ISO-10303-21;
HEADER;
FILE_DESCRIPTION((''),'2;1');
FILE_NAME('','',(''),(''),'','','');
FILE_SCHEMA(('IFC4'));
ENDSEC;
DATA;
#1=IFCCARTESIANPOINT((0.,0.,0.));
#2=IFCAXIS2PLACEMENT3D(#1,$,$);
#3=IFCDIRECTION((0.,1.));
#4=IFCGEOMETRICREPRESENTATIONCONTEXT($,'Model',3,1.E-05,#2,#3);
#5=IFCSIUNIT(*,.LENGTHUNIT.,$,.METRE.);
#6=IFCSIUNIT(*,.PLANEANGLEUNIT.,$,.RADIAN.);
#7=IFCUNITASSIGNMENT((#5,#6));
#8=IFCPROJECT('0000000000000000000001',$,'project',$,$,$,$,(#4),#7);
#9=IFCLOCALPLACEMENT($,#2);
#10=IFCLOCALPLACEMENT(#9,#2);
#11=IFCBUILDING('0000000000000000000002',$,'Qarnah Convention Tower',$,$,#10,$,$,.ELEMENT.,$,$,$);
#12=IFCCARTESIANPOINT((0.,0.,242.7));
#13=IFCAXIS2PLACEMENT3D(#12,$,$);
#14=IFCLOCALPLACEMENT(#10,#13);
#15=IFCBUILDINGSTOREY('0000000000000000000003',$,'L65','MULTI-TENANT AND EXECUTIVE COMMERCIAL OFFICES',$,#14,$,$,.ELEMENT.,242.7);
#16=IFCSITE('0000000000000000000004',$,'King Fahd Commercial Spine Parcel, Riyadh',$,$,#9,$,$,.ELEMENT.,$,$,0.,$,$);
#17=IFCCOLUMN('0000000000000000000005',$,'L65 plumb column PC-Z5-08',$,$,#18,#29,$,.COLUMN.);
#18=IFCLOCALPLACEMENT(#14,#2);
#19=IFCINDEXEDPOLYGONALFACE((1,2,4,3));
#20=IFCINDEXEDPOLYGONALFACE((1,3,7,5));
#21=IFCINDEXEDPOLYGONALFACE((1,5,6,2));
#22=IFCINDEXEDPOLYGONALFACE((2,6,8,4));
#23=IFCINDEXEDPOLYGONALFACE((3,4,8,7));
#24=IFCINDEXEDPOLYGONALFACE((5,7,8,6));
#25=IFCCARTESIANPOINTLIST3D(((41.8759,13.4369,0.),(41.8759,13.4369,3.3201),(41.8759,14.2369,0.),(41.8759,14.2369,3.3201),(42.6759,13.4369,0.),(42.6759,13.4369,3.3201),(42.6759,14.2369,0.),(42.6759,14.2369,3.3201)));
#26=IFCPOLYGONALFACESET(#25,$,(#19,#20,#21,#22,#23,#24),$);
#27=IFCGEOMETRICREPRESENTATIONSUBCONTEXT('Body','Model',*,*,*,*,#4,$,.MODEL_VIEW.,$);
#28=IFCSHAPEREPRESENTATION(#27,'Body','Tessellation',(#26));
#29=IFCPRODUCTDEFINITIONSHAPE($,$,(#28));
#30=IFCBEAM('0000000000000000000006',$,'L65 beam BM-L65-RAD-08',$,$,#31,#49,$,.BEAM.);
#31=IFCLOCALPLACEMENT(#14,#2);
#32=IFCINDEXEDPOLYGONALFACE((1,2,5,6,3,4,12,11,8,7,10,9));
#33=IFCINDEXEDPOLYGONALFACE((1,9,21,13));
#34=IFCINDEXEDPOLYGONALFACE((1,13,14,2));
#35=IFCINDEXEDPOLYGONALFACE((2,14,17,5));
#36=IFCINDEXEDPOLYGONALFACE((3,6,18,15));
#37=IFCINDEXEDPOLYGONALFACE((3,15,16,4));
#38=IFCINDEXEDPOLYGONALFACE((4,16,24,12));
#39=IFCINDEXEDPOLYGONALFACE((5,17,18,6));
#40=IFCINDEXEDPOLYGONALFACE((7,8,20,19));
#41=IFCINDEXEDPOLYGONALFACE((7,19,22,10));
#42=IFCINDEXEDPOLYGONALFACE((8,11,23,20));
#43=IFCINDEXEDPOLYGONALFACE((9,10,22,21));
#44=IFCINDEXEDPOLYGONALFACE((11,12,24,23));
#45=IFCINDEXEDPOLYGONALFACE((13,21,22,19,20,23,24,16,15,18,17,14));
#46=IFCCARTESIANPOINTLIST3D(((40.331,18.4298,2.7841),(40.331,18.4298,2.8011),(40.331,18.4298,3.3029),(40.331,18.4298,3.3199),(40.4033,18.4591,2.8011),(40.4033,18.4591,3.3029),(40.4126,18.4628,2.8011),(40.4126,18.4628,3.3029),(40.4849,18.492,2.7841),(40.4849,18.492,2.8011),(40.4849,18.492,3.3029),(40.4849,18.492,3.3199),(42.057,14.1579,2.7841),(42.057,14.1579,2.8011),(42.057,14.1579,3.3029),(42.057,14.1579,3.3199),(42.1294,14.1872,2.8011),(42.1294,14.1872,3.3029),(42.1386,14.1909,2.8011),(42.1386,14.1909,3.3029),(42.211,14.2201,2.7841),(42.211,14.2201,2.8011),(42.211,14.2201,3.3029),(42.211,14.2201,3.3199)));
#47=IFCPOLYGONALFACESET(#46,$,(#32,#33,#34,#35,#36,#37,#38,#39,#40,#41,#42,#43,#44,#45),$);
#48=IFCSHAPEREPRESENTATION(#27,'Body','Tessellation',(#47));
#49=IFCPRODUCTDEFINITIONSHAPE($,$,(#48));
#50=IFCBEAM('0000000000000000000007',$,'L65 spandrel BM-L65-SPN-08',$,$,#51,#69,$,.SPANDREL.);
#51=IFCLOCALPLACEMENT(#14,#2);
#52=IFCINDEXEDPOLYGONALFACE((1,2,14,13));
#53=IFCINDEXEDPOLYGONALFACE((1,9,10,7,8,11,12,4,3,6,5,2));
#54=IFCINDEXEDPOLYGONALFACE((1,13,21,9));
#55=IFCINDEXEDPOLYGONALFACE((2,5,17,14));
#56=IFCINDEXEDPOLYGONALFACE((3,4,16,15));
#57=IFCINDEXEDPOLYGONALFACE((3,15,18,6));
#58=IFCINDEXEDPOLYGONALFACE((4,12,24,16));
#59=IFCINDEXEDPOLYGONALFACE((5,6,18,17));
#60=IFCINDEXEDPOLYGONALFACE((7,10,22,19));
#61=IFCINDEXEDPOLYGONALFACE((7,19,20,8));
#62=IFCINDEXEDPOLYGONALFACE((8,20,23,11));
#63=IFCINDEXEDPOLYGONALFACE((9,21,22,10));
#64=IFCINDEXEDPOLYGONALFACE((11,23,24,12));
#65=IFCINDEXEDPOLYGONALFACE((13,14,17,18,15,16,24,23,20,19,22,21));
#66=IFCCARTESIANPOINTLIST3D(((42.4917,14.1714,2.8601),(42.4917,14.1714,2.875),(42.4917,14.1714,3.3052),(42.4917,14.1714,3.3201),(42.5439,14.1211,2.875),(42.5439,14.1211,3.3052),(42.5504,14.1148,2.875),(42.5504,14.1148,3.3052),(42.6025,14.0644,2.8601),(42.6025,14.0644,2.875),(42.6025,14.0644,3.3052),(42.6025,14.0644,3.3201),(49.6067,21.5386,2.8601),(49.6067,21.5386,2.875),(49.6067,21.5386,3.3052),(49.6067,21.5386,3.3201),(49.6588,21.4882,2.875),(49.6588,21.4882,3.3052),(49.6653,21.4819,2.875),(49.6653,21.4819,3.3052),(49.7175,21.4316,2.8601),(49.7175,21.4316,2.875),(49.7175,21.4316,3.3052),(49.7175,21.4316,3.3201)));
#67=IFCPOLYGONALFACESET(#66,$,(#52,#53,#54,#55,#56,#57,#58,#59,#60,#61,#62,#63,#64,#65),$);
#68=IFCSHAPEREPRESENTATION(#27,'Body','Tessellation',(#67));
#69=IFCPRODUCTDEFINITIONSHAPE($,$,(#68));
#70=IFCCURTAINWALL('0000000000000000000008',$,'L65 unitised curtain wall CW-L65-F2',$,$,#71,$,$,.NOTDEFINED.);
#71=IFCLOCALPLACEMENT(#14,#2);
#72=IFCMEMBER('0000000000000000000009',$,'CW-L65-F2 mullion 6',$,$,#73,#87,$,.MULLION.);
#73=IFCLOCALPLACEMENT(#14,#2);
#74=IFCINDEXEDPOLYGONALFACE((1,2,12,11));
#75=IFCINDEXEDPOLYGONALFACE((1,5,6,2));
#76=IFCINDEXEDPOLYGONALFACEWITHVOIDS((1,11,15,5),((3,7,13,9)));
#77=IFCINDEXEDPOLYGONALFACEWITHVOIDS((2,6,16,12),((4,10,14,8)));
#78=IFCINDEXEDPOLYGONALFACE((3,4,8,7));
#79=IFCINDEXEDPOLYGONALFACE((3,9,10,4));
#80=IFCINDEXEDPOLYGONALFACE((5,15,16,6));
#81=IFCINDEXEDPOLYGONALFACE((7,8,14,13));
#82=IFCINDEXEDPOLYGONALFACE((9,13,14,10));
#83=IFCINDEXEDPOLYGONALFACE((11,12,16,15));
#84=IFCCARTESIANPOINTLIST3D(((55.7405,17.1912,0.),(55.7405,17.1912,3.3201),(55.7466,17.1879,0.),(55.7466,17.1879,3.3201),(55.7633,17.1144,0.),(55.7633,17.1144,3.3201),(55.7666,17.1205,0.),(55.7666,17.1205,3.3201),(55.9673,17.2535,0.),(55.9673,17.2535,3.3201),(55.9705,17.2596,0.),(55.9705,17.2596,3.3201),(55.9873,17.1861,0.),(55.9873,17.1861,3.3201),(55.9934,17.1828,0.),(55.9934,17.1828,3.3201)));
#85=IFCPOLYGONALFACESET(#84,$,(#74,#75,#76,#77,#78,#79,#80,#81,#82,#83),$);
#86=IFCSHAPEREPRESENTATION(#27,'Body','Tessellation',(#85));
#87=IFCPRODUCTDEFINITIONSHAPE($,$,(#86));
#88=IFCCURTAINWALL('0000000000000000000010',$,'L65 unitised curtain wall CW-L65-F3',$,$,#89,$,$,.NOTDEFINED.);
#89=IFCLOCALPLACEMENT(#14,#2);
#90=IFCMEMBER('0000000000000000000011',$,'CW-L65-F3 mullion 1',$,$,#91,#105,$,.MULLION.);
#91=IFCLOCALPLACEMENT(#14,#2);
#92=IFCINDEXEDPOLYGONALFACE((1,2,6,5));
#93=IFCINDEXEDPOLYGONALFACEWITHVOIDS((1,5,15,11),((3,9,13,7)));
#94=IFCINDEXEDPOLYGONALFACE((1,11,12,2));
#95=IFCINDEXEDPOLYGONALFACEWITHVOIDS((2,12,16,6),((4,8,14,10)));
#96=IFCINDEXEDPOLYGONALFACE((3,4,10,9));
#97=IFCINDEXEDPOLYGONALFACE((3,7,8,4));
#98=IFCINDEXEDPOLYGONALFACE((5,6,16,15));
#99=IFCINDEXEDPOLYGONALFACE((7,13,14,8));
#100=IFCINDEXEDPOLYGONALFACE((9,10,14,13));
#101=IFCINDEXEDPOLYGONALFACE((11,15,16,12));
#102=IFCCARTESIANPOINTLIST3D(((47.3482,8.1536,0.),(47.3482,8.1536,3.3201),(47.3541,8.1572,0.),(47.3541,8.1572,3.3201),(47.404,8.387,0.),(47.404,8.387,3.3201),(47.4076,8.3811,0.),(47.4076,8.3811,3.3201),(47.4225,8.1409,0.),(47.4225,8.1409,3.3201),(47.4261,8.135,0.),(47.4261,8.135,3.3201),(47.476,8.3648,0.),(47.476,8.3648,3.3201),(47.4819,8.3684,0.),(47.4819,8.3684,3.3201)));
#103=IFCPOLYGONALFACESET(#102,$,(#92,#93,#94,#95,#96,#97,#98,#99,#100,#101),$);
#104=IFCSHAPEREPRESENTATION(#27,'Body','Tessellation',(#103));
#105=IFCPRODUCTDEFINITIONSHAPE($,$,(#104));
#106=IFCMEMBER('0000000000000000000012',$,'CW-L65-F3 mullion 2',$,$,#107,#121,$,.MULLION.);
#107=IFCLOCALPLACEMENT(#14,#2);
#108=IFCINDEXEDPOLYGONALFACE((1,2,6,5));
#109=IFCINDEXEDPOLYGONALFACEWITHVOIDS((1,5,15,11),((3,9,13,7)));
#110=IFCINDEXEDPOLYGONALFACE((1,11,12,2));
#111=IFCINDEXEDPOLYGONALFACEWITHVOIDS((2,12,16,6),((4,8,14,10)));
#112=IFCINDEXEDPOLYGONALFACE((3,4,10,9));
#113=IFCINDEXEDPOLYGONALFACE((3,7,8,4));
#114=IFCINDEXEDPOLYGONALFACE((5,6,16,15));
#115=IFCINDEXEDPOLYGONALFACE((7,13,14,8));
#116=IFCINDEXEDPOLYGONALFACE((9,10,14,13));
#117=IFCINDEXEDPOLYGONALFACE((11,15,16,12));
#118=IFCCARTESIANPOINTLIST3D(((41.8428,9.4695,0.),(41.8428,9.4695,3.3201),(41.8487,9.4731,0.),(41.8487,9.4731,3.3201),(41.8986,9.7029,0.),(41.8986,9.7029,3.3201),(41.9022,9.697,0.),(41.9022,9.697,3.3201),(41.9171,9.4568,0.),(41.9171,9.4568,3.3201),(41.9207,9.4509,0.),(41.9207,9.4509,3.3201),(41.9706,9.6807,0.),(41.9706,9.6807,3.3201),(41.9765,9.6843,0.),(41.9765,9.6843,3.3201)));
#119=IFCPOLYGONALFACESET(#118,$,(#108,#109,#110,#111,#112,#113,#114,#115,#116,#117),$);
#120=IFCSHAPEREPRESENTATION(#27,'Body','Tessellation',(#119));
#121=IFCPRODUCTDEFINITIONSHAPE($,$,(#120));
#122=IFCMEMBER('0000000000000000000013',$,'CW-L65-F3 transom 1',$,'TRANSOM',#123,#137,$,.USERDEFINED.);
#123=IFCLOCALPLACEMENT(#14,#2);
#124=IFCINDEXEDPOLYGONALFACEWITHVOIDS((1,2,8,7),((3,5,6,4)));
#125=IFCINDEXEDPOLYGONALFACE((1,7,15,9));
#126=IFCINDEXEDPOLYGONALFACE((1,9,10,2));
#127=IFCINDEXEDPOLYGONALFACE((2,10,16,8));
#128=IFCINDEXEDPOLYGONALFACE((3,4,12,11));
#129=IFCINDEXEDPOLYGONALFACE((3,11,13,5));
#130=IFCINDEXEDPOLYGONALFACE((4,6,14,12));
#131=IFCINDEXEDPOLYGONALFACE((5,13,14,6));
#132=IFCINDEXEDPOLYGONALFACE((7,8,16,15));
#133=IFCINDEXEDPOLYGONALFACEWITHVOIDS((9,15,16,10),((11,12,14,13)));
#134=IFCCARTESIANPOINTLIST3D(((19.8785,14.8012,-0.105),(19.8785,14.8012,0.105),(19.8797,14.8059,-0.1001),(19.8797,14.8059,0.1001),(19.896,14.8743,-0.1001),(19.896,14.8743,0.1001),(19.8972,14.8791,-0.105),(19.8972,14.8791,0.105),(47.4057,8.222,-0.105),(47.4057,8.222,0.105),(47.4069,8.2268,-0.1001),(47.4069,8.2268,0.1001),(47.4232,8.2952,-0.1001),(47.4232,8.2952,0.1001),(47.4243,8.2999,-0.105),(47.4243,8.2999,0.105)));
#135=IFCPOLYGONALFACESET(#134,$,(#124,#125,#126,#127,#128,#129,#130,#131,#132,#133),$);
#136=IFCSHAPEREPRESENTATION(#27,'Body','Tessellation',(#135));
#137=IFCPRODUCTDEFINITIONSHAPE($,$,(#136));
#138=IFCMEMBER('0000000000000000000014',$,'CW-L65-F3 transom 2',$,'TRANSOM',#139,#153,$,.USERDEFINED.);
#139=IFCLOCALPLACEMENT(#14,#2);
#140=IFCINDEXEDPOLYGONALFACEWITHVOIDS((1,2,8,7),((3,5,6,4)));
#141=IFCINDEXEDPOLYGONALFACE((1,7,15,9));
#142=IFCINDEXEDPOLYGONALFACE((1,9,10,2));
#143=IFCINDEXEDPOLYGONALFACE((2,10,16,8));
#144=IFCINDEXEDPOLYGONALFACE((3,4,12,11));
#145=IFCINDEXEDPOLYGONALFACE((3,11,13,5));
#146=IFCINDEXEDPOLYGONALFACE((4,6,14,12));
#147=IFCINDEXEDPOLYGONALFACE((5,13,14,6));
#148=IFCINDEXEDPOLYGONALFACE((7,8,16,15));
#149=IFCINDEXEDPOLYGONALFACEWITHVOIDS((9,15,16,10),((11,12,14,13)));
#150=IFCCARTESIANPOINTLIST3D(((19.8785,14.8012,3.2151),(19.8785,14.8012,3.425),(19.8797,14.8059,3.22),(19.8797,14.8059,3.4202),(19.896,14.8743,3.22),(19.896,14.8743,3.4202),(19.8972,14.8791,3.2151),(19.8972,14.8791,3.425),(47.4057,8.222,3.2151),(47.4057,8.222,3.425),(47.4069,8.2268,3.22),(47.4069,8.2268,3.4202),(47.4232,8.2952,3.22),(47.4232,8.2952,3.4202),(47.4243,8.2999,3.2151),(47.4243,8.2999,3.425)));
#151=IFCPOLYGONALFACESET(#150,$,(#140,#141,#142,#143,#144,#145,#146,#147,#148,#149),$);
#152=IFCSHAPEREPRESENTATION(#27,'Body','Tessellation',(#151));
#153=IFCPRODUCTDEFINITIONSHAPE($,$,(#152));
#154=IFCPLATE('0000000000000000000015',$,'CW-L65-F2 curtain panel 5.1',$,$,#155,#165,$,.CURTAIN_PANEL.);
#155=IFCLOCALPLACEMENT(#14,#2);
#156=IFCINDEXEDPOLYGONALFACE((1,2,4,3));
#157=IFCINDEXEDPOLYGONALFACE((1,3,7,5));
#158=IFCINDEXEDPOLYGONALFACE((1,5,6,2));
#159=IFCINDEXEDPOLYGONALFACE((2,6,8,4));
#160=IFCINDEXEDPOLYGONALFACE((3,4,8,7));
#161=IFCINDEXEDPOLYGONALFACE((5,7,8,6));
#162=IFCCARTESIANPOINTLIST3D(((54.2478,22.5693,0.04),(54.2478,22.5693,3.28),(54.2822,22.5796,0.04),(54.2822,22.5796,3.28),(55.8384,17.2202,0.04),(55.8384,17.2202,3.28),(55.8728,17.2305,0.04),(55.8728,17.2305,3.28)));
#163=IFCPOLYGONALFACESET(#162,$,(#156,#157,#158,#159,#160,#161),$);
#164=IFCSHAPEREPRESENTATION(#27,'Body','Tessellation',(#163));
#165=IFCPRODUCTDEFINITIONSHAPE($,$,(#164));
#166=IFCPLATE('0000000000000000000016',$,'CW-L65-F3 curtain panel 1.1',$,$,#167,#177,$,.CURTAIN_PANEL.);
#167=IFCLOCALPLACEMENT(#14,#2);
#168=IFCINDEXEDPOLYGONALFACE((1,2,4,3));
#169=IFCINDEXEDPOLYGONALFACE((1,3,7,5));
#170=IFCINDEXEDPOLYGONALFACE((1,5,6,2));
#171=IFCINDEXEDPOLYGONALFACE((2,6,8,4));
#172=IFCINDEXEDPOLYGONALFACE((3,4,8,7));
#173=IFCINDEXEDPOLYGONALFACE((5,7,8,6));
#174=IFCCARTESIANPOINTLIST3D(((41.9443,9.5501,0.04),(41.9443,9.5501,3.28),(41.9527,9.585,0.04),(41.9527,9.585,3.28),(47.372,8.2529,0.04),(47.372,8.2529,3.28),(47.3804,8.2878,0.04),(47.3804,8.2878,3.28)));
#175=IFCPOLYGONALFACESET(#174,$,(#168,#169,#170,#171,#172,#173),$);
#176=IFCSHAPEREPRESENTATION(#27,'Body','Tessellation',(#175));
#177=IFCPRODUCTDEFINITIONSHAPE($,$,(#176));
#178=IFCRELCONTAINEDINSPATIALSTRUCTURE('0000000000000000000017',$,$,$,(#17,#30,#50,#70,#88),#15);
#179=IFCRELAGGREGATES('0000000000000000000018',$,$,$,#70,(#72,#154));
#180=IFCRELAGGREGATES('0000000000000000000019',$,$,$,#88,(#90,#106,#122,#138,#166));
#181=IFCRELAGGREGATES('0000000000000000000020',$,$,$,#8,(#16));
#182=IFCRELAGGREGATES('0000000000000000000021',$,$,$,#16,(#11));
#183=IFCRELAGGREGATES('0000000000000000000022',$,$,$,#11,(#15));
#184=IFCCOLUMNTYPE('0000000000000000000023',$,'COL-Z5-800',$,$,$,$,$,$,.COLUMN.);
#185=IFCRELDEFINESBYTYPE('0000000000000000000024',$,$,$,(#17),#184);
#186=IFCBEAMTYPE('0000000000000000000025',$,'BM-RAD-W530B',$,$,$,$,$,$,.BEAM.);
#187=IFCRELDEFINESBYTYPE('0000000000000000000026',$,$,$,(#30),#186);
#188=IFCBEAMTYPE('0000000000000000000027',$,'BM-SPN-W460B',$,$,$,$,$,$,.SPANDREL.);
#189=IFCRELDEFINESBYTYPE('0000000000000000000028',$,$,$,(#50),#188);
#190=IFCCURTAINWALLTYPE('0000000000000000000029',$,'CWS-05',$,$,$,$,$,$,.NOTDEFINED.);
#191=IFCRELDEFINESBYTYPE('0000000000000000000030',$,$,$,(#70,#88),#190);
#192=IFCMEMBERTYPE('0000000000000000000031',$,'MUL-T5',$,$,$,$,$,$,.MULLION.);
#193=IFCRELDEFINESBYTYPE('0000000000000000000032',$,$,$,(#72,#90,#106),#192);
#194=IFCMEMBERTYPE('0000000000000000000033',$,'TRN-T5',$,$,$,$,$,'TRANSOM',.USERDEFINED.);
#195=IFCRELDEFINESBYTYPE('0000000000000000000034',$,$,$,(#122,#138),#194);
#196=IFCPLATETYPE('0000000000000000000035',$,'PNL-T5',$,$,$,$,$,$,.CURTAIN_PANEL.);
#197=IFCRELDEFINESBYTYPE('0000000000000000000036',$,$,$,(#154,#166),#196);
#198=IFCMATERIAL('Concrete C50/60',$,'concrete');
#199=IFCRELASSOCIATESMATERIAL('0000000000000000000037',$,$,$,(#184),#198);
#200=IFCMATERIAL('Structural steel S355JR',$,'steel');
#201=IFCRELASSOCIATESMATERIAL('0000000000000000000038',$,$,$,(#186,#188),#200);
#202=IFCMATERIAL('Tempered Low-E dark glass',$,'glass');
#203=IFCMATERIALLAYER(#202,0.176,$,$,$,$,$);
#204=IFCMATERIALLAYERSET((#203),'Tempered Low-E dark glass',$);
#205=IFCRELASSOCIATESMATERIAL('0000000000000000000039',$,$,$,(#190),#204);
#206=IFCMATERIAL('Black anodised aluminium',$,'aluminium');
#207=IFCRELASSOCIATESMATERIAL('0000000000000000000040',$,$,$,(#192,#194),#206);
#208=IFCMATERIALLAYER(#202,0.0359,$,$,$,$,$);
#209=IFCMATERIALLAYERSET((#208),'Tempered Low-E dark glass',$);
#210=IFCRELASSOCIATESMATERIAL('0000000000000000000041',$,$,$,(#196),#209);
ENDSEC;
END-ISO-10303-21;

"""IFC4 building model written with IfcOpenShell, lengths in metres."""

from ifc_helpers import new_model, si_unit, direction, frame, origin, origin_2d, place, context, subcontext, project, spatial, rectangle, hollow_rectangle, i_section, extrude, material, layer, layer_set, material_profile, profile_set, type_object, element, aggregate, save


model = new_model("IFC4")

# Units and contexts
model_context = context("Model", 3, precision=1e-05, world=origin(), true_north=direction((0.0, 1.0)))
body_context = subcontext(model_context, "Body", "Model", "MODEL_VIEW")
ifc_project = project(units=[si_unit("LENGTHUNIT", "METRE"), si_unit("PLANEANGLEUNIT", "RADIAN")], contexts=[model_context])

# Site, building, storey
site_placement = place(None, origin())
site = spatial("IfcSite", under=ifc_project, at=site_placement, Name="King Fahd Commercial Spine Parcel, Riyadh", CompositionType="ELEMENT", RefElevation=0.0)
building_placement = place(site_placement, origin())
building = spatial("IfcBuilding", under=site, at=building_placement, Name="Qarnah Convention Tower", CompositionType="ELEMENT")
storey_placement = place(building_placement, frame((0.0, 0.0, 242.7)))
storey = spatial("IfcBuildingStorey", under=building, at=storey_placement, Name="L65", Description="MULTI-TENANT AND EXECUTIVE COMMERCIAL OFFICES", CompositionType="ELEMENT", Elevation=242.7)

# Column
ifc_material_1 = material(Name="Concrete C50/60", Category="concrete")
ifc_material_profile_1 = material_profile(ifc_material_1, rectangle(XDim=0.8, YDim=0.8, at=origin_2d()), Name="RC-COL-800X800")
ifc_profile_set_1 = profile_set([ifc_material_profile_1], Name="Concrete C50/60")
column_type = type_object("IfcColumnType", Name="COL-Z5-800", PredefinedType="COLUMN", material=ifc_profile_set_1)
column_placement = place(storey_placement, frame((42.2759, 13.8369, 0.0), z_axis=(0.0, 0.0, 1.0), x_axis=(1.0, 0.0, 0.0)))
element("IfcColumn", 1, at=column_placement, inside=storey, type_object=column_type, Name="L65 plumb column PC-Z5-08", PredefinedType="COLUMN", context=body_context, shape_type="SweptSolid", body=[
    extrude(rectangle(XDim=0.8, YDim=0.8, at=origin_2d()), origin(), (0.0, 0.0, 1.0), 3.3201),
])

# Beams
ifc_material_2 = material(Name="Structural steel S355JR", Category="steel")
ifc_material_profile_2 = material_profile(ifc_material_2, i_section(OverallWidth=0.166, OverallDepth=0.5359, WebThickness=0.01, FlangeThickness=0.0171, at=origin_2d()), Name="W530X85")
ifc_profile_set_2 = profile_set([ifc_material_profile_2], Name="Structural steel S355JR")
beam_type_1 = type_object("IfcBeamType", Name="BM-RAD-W530B", PredefinedType="BEAM", material=ifc_profile_set_2)
beam_1_placement = place(storey_placement, frame((40.408, 18.4609, 3.052), z_axis=(0.374622, -0.927177, 0.0), x_axis=(0.927177, 0.374622, 0.0)))
element("IfcBeam", 2, at=beam_1_placement, inside=storey, type_object=beam_type_1, Name="L65 beam BM-L65-RAD-08", PredefinedType="BEAM", context=body_context, shape_type="SweptSolid", body=[
    extrude(i_section(OverallWidth=0.166, OverallDepth=0.5359, WebThickness=0.01, FlangeThickness=0.0171, at=origin_2d()), origin(), (0.0, 0.0, 1.0), 4.6074),
])
ifc_material_profile_3 = material_profile(ifc_material_2, i_section(OverallWidth=0.1541, OverallDepth=0.46, WebThickness=0.009, FlangeThickness=0.0149, at=origin_2d()), Name="W460X68")
ifc_profile_set_3 = profile_set([ifc_material_profile_3], Name="Structural steel S355JR")
beam_type_2 = type_object("IfcBeamType", Name="BM-SPN-W460B", PredefinedType="SPANDREL", material=ifc_profile_set_3)
beam_2_placement = place(storey_placement, frame((42.5471, 14.1179, 3.0901), z_axis=(0.694688, 0.719312, 0.0), x_axis=(-0.719312, 0.694688, 0.0)))
element("IfcBeam", 3, at=beam_2_placement, inside=storey, type_object=beam_type_2, Name="L65 spandrel BM-L65-SPN-08", PredefinedType="SPANDREL", context=body_context, shape_type="SweptSolid", body=[
    extrude(i_section(OverallWidth=0.1541, OverallDepth=0.46, WebThickness=0.009, FlangeThickness=0.0149, at=origin_2d()), origin(), (0.0, 0.0, 1.0), 10.2419),
])

# Curtain wall, member
ifc_material_3 = material(Name="Tempered Low-E dark glass", Category="glass")
ifc_layer_1 = layer(ifc_material_3, 0.176)
ifc_layer_set_1 = layer_set([ifc_layer_1], Name="Tempered Low-E dark glass")
curtain_wall_type = type_object("IfcCurtainWallType", Name="CWS-05", PredefinedType="NOTDEFINED", material=ifc_layer_set_1)
curtain_wall_1_placement = place(storey_placement, origin())
curtain_wall_1 = element("IfcCurtainWall", 4, at=curtain_wall_1_placement, inside=storey, type_object=curtain_wall_type, Name="L65 unitised curtain wall CW-L65-F2", PredefinedType="NOTDEFINED")
ifc_material_4 = material(Name="Black anodised aluminium", Category="aluminium")
ifc_material_profile_4 = material_profile(ifc_material_4, hollow_rectangle(XDim=0.0801, YDim=0.24, WallThickness=0.0049, at=origin_2d()), Name="MUL-80X240")
ifc_profile_set_4 = profile_set([ifc_material_profile_4], Name="Black anodised aluminium")
member_type_1 = type_object("IfcMemberType", Name="MUL-T5", PredefinedType="MULLION", material=ifc_profile_set_4)
member_1_placement = place(storey_placement, frame((55.8669, 17.187, 0.0), z_axis=(0.0, 0.0, 1.0), x_axis=(0.285023, -0.958521, 0.0)))
member_1 = element("IfcMember", 5, at=member_1_placement, type_object=member_type_1, Name="CW-L65-F2 mullion 6", PredefinedType="MULLION", context=body_context, shape_type="SweptSolid", body=[
    extrude(hollow_rectangle(XDim=0.0801, YDim=0.24, WallThickness=0.0049, at=origin_2d()), origin(), (0.0, 0.0, 1.0), 3.3201),
])

# Curtain wall, members
curtain_wall_2_placement = place(storey_placement, origin())
curtain_wall_2 = element("IfcCurtainWall", 6, at=curtain_wall_2_placement, inside=storey, type_object=curtain_wall_type, Name="L65 unitised curtain wall CW-L65-F3", PredefinedType="NOTDEFINED")
member_2_placement = place(storey_placement, frame((47.415, 8.261, 0.0), z_axis=(0.0, 0.0, 1.0), x_axis=(-0.972607, 0.232455, 0.0)))
member_2 = element("IfcMember", 7, at=member_2_placement, type_object=member_type_1, Name="CW-L65-F3 mullion 1", PredefinedType="MULLION", context=body_context, shape_type="SweptSolid", body=[
    extrude(hollow_rectangle(XDim=0.0801, YDim=0.24, WallThickness=0.0049, at=origin_2d()), origin(), (0.0, 0.0, 1.0), 3.3201),
])
member_3_placement = place(storey_placement, frame((41.9097, 9.5769, 0.0), z_axis=(0.0, 0.0, 1.0), x_axis=(-0.972607, 0.232455, 0.0)))
member_3 = element("IfcMember", 8, at=member_3_placement, type_object=member_type_1, Name="CW-L65-F3 mullion 2", PredefinedType="MULLION", context=body_context, shape_type="SweptSolid", body=[
    extrude(hollow_rectangle(XDim=0.0801, YDim=0.24, WallThickness=0.0049, at=origin_2d()), origin(), (0.0, 0.0, 1.0), 3.3201),
])
ifc_material_profile_5 = material_profile(ifc_material_4, hollow_rectangle(XDim=0.0801, YDim=0.21, WallThickness=0.0049, at=origin_2d()), Name="TRN-80X210")
ifc_profile_set_5 = profile_set([ifc_material_profile_5], Name="Black anodised aluminium")
member_type_2 = type_object("IfcMemberType", Name="TRN-T5", ElementType="TRANSOM", PredefinedType="USERDEFINED", material=ifc_profile_set_5)
member_4_placement = place(storey_placement, frame((47.415, 8.261, 0.0), z_axis=(-0.972607, 0.232457, 0.0), x_axis=(-0.232457, -0.972607, 0.0)))
member_4 = element("IfcMember", 9, at=member_4_placement, type_object=member_type_2, Name="CW-L65-F3 transom 1", ObjectType="TRANSOM", PredefinedType="USERDEFINED", context=body_context, shape_type="SweptSolid", body=[
    extrude(hollow_rectangle(XDim=0.0801, YDim=0.21, WallThickness=0.0049, at=origin_2d()), origin(), (0.0, 0.0, 1.0), 28.3025),
])
member_5_placement = place(storey_placement, frame((47.415, 8.261, 3.3201), z_axis=(-0.972607, 0.232457, 0.0), x_axis=(-0.232457, -0.972607, 0.0)))
member_5 = element("IfcMember", 10, at=member_5_placement, type_object=member_type_2, Name="CW-L65-F3 transom 2", ObjectType="TRANSOM", PredefinedType="USERDEFINED", context=body_context, shape_type="SweptSolid", body=[
    extrude(hollow_rectangle(XDim=0.0801, YDim=0.21, WallThickness=0.0049, at=origin_2d()), origin(), (0.0, 0.0, 1.0), 28.3025),
])

# Plates
ifc_layer_2 = layer(ifc_material_3, 0.0359)
ifc_layer_set_2 = layer_set([ifc_layer_2], Name="Tempered Low-E dark glass")
plate_type = type_object("IfcPlateType", Name="PNL-T5", PredefinedType="CURTAIN_PANEL", material=ifc_layer_set_2)
plate_1_placement = place(storey_placement, frame((55.0603, 19.8999, 0.04), z_axis=(0.0, 0.0, 1.0), x_axis=(0.285023, -0.958521, 0.0)))
plate_1 = element("IfcPlate", 11, at=plate_1_placement, type_object=plate_type, Name="CW-L65-F2 curtain panel 5.1", PredefinedType="CURTAIN_PANEL", context=body_context, shape_type="SweptSolid", body=[
    extrude(rectangle(XDim=5.5806, YDim=0.0359, at=origin_2d()), origin(), (0.0, 0.0, 1.0), 3.24),
])
aggregate(curtain_wall_1, [member_1, plate_1])
plate_2_placement = place(storey_placement, frame((44.6624, 8.9189, 0.04), z_axis=(0.0, 0.0, 1.0), x_axis=(-0.972607, 0.232455, 0.0)))
plate_2 = element("IfcPlate", 12, at=plate_2_placement, type_object=plate_type, Name="CW-L65-F3 curtain panel 1.1", PredefinedType="CURTAIN_PANEL", context=body_context, shape_type="SweptSolid", body=[
    extrude(rectangle(XDim=5.5806, YDim=0.0359, at=origin_2d()), origin(), (0.0, 0.0, 1.0), 3.24),
])
aggregate(curtain_wall_2, [member_2, member_3, member_4, member_5, plate_2])

save(model, "model.ifc")
